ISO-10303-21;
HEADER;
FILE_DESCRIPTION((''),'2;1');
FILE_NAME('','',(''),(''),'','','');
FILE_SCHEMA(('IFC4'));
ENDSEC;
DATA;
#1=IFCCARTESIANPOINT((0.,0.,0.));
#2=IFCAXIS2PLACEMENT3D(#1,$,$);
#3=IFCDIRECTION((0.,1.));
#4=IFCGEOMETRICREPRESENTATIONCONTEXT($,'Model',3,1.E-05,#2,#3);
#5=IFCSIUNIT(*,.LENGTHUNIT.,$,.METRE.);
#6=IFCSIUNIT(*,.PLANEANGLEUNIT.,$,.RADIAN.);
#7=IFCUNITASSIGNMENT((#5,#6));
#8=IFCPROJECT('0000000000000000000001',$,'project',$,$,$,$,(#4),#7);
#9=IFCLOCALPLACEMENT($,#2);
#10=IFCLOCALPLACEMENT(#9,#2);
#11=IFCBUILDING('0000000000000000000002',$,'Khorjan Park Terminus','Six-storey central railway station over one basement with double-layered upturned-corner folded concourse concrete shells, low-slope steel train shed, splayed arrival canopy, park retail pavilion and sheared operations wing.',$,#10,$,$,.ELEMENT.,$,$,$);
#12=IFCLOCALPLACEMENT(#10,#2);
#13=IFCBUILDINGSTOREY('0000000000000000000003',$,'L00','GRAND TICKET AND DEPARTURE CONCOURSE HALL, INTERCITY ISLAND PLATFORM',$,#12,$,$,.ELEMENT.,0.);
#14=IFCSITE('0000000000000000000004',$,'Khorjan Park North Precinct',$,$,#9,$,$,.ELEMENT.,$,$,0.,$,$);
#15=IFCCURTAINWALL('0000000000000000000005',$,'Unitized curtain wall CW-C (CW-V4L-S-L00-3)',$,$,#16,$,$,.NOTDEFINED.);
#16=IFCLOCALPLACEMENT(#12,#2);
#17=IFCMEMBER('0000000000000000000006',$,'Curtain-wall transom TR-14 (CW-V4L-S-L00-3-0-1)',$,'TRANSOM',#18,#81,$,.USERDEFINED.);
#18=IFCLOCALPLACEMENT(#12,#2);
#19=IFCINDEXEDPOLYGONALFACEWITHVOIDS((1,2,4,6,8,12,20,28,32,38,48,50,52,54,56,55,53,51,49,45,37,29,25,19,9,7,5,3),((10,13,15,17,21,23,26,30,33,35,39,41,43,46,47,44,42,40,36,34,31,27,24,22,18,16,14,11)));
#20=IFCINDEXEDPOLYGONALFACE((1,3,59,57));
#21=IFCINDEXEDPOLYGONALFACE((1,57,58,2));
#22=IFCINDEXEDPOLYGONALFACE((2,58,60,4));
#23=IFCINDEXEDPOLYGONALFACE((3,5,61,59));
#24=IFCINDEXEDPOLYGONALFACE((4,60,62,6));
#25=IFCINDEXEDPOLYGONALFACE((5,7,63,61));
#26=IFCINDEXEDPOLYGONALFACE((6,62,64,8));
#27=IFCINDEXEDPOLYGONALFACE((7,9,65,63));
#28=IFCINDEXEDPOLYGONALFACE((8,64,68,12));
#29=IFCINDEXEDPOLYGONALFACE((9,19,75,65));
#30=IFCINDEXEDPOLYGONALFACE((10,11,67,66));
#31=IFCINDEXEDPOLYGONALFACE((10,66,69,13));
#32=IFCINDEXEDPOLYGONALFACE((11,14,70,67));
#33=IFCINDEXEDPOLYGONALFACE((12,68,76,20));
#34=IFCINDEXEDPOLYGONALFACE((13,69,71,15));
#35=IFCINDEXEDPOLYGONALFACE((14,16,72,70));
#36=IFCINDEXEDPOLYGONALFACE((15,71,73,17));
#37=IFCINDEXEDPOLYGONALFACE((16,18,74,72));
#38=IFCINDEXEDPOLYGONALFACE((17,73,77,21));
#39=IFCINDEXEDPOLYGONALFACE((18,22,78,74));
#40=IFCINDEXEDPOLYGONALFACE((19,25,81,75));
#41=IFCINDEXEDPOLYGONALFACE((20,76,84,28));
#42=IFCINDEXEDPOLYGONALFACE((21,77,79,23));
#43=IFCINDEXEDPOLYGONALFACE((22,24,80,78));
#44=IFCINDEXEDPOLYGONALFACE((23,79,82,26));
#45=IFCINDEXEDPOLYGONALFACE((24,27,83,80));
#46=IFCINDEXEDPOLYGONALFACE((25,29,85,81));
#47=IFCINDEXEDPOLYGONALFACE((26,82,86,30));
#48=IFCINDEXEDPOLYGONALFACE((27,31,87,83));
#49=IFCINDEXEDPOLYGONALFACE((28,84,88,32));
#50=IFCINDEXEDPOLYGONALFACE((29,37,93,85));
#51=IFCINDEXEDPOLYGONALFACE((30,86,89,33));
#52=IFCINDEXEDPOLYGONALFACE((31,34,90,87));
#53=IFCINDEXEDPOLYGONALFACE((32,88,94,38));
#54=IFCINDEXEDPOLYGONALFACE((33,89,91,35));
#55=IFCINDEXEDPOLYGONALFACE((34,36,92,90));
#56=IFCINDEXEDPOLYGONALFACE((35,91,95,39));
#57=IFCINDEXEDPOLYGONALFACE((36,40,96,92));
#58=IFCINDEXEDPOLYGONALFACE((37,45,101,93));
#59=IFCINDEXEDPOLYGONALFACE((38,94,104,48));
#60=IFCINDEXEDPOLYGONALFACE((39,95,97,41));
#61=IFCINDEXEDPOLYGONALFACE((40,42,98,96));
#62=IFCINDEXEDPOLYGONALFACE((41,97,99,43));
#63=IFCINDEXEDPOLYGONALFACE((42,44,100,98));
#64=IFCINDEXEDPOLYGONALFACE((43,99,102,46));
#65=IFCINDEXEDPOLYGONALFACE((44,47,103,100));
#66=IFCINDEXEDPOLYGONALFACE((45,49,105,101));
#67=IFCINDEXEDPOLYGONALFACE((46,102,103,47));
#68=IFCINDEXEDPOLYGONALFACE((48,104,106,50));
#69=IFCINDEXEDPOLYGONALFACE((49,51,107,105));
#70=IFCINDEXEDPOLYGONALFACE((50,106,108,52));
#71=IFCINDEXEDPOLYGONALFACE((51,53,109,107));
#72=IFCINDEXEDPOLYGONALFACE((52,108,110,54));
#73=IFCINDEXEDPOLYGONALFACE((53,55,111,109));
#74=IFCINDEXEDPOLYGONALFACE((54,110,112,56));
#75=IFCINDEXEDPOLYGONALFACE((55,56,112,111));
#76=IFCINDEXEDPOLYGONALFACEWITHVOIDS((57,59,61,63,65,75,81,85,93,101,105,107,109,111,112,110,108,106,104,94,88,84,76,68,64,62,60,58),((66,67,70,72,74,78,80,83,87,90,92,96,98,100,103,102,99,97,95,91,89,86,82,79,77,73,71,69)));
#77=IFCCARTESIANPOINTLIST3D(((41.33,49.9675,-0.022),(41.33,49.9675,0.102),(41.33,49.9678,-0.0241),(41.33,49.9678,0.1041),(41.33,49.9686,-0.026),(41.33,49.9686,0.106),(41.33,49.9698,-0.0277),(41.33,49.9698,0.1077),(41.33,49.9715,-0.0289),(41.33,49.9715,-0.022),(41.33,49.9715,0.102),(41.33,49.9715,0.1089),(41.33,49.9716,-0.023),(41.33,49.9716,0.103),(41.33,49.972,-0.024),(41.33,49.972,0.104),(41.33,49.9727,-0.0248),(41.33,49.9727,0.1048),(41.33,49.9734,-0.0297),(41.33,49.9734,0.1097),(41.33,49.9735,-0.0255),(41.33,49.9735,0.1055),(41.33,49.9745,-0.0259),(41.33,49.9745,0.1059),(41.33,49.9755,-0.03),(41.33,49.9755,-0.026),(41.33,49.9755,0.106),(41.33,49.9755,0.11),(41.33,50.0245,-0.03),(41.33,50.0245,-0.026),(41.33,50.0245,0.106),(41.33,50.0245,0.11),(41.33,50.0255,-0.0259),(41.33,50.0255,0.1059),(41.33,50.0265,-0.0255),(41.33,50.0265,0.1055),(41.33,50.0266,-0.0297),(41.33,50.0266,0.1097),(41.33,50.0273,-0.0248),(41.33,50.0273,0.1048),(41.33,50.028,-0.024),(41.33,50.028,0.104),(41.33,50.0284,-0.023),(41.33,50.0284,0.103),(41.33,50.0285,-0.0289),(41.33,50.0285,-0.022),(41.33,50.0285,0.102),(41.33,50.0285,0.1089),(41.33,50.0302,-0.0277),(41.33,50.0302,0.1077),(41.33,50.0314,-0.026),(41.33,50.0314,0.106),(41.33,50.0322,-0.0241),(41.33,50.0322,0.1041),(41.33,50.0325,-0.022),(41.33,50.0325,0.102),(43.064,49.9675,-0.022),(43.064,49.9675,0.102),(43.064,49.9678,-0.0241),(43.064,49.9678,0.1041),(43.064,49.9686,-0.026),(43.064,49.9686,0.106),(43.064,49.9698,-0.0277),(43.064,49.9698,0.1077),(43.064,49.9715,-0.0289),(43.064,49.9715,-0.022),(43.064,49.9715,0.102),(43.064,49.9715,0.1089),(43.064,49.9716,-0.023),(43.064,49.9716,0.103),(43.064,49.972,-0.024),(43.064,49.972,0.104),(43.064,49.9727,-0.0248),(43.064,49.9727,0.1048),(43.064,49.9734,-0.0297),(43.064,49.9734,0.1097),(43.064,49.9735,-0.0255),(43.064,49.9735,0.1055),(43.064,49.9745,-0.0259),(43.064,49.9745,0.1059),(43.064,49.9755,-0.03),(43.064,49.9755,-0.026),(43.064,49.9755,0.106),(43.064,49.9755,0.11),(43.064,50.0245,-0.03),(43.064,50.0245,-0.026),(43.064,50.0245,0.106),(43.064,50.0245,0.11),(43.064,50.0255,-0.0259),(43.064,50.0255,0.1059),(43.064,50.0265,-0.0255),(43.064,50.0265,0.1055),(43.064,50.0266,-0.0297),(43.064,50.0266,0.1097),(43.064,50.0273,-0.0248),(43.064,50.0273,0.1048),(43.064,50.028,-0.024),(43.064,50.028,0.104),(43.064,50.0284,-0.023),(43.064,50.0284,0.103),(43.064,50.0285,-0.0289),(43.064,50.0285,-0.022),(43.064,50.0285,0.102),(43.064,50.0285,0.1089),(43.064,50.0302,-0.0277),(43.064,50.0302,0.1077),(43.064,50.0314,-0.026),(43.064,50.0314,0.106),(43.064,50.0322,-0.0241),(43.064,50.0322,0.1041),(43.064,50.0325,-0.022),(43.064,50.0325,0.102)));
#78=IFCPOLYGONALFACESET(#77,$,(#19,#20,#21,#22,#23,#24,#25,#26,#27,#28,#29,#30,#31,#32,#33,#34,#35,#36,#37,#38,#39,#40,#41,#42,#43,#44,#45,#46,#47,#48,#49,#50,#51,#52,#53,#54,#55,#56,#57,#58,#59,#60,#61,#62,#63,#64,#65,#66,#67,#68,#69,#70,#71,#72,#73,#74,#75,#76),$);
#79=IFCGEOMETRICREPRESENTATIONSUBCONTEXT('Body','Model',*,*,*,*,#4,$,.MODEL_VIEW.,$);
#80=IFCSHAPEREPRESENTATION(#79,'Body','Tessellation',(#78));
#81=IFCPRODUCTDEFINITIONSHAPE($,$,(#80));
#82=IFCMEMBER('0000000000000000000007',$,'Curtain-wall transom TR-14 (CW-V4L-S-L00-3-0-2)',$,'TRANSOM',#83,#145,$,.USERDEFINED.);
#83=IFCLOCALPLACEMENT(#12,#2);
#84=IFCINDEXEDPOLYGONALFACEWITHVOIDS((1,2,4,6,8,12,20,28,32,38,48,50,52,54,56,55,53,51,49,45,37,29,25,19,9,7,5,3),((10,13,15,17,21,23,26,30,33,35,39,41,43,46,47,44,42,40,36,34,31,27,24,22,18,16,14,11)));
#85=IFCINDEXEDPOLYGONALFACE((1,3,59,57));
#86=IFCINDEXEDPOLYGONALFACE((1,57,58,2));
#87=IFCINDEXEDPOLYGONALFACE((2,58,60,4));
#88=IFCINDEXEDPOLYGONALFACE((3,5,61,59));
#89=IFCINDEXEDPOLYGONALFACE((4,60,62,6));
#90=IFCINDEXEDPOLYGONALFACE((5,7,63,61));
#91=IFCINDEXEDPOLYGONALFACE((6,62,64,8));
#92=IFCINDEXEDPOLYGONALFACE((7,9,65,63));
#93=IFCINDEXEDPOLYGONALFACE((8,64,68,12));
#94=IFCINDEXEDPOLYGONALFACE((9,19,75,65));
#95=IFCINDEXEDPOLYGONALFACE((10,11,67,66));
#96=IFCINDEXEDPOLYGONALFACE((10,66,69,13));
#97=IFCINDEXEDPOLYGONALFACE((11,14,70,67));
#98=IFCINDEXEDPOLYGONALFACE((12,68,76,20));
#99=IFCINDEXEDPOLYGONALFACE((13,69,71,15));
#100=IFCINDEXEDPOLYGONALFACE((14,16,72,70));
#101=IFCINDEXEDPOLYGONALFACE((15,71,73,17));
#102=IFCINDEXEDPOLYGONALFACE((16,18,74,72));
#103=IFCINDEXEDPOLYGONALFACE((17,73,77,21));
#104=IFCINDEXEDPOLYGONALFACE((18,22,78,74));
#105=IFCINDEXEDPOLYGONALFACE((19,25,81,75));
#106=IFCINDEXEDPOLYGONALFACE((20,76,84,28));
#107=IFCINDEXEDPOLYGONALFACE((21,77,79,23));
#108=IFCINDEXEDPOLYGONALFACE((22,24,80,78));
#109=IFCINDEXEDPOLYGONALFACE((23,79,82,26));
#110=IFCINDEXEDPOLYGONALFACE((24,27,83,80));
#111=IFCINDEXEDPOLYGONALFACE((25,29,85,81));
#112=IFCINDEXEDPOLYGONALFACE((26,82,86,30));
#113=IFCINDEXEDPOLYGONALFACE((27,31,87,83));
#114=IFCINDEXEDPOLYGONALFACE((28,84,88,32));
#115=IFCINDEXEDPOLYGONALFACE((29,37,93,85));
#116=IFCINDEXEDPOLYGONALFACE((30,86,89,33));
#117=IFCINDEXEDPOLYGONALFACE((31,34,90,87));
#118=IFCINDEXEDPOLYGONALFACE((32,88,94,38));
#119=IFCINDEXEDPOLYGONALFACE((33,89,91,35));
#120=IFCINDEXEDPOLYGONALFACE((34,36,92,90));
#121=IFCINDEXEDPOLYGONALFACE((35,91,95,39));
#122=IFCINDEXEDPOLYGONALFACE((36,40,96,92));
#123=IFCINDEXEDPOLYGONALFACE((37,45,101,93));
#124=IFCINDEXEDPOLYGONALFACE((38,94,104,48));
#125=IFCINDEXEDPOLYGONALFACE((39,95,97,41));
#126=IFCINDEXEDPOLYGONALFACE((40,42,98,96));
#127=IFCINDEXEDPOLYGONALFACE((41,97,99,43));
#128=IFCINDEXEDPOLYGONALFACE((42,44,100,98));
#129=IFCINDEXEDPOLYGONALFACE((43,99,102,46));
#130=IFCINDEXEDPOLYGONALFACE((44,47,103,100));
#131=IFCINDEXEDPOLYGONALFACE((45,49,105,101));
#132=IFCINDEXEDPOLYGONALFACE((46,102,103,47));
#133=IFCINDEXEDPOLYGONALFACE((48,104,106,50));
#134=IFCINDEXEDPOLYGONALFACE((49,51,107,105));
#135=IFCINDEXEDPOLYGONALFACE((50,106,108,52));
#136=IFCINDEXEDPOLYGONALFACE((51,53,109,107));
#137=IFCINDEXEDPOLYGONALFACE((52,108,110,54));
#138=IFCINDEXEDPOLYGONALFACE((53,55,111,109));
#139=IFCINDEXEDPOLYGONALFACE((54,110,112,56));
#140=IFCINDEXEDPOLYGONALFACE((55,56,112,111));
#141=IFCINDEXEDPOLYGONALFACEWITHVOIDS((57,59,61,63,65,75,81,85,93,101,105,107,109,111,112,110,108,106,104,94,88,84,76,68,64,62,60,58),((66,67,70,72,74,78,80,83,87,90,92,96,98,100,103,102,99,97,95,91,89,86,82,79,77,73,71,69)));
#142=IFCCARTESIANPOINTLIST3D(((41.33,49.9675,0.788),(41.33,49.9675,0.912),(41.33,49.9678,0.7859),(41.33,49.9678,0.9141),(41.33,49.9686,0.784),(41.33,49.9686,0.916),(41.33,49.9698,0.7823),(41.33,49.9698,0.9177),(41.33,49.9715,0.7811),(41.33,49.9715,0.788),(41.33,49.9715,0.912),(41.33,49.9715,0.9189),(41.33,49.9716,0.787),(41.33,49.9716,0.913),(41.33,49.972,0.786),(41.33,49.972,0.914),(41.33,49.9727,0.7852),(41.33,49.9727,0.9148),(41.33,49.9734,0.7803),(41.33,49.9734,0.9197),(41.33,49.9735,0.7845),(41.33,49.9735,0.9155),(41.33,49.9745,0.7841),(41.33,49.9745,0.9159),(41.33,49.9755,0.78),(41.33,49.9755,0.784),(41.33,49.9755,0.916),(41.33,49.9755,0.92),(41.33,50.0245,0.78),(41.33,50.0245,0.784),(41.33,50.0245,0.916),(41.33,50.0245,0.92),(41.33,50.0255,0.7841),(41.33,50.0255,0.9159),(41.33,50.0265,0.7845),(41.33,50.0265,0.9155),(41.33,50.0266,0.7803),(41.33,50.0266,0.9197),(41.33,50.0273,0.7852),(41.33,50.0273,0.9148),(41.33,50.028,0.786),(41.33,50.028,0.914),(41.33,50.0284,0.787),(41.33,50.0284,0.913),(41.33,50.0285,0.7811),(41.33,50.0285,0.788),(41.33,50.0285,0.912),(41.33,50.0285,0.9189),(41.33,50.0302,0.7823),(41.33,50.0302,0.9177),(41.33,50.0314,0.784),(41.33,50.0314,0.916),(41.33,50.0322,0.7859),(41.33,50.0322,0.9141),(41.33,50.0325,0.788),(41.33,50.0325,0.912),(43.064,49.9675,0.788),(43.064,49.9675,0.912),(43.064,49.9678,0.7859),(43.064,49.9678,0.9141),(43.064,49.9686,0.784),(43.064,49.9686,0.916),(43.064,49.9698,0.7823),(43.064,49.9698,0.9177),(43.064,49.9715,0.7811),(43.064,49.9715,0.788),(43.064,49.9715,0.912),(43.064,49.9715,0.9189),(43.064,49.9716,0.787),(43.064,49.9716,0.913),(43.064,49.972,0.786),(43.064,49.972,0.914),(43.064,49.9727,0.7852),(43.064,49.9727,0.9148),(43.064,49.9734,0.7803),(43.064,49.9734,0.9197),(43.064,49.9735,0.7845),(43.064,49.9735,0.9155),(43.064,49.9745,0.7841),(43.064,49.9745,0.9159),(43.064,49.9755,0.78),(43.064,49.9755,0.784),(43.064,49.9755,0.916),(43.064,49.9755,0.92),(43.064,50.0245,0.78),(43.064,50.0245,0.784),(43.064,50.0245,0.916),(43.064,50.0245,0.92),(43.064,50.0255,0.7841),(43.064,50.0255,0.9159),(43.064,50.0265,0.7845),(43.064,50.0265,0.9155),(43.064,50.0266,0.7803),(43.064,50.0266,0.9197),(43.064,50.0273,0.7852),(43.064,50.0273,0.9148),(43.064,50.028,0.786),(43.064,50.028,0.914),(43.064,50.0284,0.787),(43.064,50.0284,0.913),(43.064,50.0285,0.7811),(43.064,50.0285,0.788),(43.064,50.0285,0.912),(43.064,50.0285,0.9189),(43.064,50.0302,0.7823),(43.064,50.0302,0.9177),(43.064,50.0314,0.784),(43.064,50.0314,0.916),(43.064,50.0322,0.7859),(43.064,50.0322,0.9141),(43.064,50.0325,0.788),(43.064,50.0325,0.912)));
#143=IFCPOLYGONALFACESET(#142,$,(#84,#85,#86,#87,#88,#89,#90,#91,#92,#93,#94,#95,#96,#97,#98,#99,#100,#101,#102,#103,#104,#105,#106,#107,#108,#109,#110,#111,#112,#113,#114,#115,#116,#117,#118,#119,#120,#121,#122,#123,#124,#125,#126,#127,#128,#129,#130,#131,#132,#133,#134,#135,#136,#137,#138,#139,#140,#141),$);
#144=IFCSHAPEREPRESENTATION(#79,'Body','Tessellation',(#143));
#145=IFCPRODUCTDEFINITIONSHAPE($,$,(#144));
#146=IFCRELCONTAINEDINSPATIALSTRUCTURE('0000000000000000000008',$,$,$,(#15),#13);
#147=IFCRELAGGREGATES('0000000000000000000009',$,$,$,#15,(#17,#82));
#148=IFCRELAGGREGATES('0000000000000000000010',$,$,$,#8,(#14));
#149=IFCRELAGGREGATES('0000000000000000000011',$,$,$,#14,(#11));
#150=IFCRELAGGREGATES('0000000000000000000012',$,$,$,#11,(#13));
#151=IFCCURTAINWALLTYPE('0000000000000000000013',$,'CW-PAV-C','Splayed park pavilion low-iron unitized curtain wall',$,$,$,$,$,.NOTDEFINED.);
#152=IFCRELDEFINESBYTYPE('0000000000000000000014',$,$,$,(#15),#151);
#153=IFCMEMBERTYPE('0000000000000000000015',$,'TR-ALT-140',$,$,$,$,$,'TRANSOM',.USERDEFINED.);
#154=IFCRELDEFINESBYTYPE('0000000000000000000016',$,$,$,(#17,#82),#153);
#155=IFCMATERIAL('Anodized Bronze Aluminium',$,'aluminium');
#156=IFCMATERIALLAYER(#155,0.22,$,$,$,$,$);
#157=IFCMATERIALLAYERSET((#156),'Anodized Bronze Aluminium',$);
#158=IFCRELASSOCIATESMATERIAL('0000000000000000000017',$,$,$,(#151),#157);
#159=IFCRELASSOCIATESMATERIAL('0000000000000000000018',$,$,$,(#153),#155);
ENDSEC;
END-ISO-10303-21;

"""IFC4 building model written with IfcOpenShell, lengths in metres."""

from ifc_helpers import new_model, si_unit, direction, frame, origin, origin_2d, place, context, subcontext, project, spatial, hollow_rectangle, extrude, material, layer, layer_set, material_profile, profile_set, type_object, element, aggregate, save


model = new_model("IFC4")

# Units and contexts
model_context = context("Model", 3, precision=1e-05, world=origin(), true_north=direction((0.0, 1.0)))
body_context = subcontext(model_context, "Body", "Model", "MODEL_VIEW")
ifc_project = project(units=[si_unit("LENGTHUNIT", "METRE"), si_unit("PLANEANGLEUNIT", "RADIAN")], contexts=[model_context])

# Site, building, storey
site_placement = place(None, origin())
site = spatial("IfcSite", under=ifc_project, at=site_placement, Name="Khorjan Park North Precinct", CompositionType="ELEMENT", RefElevation=0.0)
building_placement = place(site_placement, origin())
building = spatial("IfcBuilding", under=site, at=building_placement, Name="Khorjan Park Terminus", Description="Six-storey central railway station over one basement with double-layered upturned-corner folded concourse concrete shells, low-slope steel train shed, splayed arrival canopy, park retail pavilion and sheared operations wing.", CompositionType="ELEMENT")
storey_placement = place(building_placement, origin())
storey = spatial("IfcBuildingStorey", under=building, at=storey_placement, Name="L00", Description="GRAND TICKET AND DEPARTURE CONCOURSE HALL, INTERCITY ISLAND PLATFORM", CompositionType="ELEMENT", Elevation=0.0)

# Shared definitions
ifc_material_1 = material(Name="Anodized Bronze Aluminium", Category="aluminium")
ifc_layer_1 = layer(ifc_material_1, 0.22)
ifc_layer_set_1 = layer_set([ifc_layer_1], Name="Anodized Bronze Aluminium")
curtain_wall_type = type_object("IfcCurtainWallType", Name="CW-PAV-C", Description="Splayed park pavilion low-iron unitized curtain wall", PredefinedType="NOTDEFINED", material=ifc_layer_set_1)

# Curtain wall, members
curtain_wall_1_placement = place(storey_placement, origin())
curtain_wall_1 = element("IfcCurtainWall", 1, at=curtain_wall_1_placement, inside=storey, type_object=curtain_wall_type, Name="Unitized curtain wall CW-C (CW-V4L-S-L00-3)", PredefinedType="NOTDEFINED")
ifc_material_profile_1 = material_profile(ifc_material_1, hollow_rectangle(XDim=0.065, YDim=0.14, WallThickness=0.004, InnerFilletRadius=0.004, OuterFilletRadius=0.008, at=origin_2d()), Name="ALT 65x140x4")
ifc_profile_set_1 = profile_set([ifc_material_profile_1], Name="Anodized Bronze Aluminium")
member_type_1 = type_object("IfcMemberType", Name="TR-ALT-140", ElementType="TRANSOM", PredefinedType="USERDEFINED", material=ifc_profile_set_1)
member_1_placement = place(storey_placement, frame((41.33, 50.0, 0.04), z_axis=(1.0, 0.0, 0.0), x_axis=(0.0, 1.0, 0.0)))
member_1 = element("IfcMember", 2, at=member_1_placement, type_object=member_type_1, Name="Curtain-wall transom TR-14 (CW-V4L-S-L00-3-0-1)", ObjectType="TRANSOM", PredefinedType="USERDEFINED", context=body_context, shape_type="SweptSolid", body=[
    extrude(hollow_rectangle(XDim=0.065, YDim=0.14, WallThickness=0.004, InnerFilletRadius=0.004, OuterFilletRadius=0.008, at=origin_2d()), origin(), (0.0, 0.0, 1.0), 1.734),
])
member_2_placement = place(storey_placement, frame((41.33, 50.0, 0.85), z_axis=(1.0, 0.0, 0.0), x_axis=(0.0, 1.0, 0.0)))
member_2 = element("IfcMember", 3, at=member_2_placement, type_object=member_type_1, Name="Curtain-wall transom TR-14 (CW-V4L-S-L00-3-0-2)", ObjectType="TRANSOM", PredefinedType="USERDEFINED", context=body_context, shape_type="SweptSolid", body=[
    extrude(hollow_rectangle(XDim=0.065, YDim=0.14, WallThickness=0.004, InnerFilletRadius=0.004, OuterFilletRadius=0.008, at=origin_2d()), origin(), (0.0, 0.0, 1.0), 1.734),
])
aggregate(curtain_wall_1, [member_1, member_2])

save(model, "model.ifc")
